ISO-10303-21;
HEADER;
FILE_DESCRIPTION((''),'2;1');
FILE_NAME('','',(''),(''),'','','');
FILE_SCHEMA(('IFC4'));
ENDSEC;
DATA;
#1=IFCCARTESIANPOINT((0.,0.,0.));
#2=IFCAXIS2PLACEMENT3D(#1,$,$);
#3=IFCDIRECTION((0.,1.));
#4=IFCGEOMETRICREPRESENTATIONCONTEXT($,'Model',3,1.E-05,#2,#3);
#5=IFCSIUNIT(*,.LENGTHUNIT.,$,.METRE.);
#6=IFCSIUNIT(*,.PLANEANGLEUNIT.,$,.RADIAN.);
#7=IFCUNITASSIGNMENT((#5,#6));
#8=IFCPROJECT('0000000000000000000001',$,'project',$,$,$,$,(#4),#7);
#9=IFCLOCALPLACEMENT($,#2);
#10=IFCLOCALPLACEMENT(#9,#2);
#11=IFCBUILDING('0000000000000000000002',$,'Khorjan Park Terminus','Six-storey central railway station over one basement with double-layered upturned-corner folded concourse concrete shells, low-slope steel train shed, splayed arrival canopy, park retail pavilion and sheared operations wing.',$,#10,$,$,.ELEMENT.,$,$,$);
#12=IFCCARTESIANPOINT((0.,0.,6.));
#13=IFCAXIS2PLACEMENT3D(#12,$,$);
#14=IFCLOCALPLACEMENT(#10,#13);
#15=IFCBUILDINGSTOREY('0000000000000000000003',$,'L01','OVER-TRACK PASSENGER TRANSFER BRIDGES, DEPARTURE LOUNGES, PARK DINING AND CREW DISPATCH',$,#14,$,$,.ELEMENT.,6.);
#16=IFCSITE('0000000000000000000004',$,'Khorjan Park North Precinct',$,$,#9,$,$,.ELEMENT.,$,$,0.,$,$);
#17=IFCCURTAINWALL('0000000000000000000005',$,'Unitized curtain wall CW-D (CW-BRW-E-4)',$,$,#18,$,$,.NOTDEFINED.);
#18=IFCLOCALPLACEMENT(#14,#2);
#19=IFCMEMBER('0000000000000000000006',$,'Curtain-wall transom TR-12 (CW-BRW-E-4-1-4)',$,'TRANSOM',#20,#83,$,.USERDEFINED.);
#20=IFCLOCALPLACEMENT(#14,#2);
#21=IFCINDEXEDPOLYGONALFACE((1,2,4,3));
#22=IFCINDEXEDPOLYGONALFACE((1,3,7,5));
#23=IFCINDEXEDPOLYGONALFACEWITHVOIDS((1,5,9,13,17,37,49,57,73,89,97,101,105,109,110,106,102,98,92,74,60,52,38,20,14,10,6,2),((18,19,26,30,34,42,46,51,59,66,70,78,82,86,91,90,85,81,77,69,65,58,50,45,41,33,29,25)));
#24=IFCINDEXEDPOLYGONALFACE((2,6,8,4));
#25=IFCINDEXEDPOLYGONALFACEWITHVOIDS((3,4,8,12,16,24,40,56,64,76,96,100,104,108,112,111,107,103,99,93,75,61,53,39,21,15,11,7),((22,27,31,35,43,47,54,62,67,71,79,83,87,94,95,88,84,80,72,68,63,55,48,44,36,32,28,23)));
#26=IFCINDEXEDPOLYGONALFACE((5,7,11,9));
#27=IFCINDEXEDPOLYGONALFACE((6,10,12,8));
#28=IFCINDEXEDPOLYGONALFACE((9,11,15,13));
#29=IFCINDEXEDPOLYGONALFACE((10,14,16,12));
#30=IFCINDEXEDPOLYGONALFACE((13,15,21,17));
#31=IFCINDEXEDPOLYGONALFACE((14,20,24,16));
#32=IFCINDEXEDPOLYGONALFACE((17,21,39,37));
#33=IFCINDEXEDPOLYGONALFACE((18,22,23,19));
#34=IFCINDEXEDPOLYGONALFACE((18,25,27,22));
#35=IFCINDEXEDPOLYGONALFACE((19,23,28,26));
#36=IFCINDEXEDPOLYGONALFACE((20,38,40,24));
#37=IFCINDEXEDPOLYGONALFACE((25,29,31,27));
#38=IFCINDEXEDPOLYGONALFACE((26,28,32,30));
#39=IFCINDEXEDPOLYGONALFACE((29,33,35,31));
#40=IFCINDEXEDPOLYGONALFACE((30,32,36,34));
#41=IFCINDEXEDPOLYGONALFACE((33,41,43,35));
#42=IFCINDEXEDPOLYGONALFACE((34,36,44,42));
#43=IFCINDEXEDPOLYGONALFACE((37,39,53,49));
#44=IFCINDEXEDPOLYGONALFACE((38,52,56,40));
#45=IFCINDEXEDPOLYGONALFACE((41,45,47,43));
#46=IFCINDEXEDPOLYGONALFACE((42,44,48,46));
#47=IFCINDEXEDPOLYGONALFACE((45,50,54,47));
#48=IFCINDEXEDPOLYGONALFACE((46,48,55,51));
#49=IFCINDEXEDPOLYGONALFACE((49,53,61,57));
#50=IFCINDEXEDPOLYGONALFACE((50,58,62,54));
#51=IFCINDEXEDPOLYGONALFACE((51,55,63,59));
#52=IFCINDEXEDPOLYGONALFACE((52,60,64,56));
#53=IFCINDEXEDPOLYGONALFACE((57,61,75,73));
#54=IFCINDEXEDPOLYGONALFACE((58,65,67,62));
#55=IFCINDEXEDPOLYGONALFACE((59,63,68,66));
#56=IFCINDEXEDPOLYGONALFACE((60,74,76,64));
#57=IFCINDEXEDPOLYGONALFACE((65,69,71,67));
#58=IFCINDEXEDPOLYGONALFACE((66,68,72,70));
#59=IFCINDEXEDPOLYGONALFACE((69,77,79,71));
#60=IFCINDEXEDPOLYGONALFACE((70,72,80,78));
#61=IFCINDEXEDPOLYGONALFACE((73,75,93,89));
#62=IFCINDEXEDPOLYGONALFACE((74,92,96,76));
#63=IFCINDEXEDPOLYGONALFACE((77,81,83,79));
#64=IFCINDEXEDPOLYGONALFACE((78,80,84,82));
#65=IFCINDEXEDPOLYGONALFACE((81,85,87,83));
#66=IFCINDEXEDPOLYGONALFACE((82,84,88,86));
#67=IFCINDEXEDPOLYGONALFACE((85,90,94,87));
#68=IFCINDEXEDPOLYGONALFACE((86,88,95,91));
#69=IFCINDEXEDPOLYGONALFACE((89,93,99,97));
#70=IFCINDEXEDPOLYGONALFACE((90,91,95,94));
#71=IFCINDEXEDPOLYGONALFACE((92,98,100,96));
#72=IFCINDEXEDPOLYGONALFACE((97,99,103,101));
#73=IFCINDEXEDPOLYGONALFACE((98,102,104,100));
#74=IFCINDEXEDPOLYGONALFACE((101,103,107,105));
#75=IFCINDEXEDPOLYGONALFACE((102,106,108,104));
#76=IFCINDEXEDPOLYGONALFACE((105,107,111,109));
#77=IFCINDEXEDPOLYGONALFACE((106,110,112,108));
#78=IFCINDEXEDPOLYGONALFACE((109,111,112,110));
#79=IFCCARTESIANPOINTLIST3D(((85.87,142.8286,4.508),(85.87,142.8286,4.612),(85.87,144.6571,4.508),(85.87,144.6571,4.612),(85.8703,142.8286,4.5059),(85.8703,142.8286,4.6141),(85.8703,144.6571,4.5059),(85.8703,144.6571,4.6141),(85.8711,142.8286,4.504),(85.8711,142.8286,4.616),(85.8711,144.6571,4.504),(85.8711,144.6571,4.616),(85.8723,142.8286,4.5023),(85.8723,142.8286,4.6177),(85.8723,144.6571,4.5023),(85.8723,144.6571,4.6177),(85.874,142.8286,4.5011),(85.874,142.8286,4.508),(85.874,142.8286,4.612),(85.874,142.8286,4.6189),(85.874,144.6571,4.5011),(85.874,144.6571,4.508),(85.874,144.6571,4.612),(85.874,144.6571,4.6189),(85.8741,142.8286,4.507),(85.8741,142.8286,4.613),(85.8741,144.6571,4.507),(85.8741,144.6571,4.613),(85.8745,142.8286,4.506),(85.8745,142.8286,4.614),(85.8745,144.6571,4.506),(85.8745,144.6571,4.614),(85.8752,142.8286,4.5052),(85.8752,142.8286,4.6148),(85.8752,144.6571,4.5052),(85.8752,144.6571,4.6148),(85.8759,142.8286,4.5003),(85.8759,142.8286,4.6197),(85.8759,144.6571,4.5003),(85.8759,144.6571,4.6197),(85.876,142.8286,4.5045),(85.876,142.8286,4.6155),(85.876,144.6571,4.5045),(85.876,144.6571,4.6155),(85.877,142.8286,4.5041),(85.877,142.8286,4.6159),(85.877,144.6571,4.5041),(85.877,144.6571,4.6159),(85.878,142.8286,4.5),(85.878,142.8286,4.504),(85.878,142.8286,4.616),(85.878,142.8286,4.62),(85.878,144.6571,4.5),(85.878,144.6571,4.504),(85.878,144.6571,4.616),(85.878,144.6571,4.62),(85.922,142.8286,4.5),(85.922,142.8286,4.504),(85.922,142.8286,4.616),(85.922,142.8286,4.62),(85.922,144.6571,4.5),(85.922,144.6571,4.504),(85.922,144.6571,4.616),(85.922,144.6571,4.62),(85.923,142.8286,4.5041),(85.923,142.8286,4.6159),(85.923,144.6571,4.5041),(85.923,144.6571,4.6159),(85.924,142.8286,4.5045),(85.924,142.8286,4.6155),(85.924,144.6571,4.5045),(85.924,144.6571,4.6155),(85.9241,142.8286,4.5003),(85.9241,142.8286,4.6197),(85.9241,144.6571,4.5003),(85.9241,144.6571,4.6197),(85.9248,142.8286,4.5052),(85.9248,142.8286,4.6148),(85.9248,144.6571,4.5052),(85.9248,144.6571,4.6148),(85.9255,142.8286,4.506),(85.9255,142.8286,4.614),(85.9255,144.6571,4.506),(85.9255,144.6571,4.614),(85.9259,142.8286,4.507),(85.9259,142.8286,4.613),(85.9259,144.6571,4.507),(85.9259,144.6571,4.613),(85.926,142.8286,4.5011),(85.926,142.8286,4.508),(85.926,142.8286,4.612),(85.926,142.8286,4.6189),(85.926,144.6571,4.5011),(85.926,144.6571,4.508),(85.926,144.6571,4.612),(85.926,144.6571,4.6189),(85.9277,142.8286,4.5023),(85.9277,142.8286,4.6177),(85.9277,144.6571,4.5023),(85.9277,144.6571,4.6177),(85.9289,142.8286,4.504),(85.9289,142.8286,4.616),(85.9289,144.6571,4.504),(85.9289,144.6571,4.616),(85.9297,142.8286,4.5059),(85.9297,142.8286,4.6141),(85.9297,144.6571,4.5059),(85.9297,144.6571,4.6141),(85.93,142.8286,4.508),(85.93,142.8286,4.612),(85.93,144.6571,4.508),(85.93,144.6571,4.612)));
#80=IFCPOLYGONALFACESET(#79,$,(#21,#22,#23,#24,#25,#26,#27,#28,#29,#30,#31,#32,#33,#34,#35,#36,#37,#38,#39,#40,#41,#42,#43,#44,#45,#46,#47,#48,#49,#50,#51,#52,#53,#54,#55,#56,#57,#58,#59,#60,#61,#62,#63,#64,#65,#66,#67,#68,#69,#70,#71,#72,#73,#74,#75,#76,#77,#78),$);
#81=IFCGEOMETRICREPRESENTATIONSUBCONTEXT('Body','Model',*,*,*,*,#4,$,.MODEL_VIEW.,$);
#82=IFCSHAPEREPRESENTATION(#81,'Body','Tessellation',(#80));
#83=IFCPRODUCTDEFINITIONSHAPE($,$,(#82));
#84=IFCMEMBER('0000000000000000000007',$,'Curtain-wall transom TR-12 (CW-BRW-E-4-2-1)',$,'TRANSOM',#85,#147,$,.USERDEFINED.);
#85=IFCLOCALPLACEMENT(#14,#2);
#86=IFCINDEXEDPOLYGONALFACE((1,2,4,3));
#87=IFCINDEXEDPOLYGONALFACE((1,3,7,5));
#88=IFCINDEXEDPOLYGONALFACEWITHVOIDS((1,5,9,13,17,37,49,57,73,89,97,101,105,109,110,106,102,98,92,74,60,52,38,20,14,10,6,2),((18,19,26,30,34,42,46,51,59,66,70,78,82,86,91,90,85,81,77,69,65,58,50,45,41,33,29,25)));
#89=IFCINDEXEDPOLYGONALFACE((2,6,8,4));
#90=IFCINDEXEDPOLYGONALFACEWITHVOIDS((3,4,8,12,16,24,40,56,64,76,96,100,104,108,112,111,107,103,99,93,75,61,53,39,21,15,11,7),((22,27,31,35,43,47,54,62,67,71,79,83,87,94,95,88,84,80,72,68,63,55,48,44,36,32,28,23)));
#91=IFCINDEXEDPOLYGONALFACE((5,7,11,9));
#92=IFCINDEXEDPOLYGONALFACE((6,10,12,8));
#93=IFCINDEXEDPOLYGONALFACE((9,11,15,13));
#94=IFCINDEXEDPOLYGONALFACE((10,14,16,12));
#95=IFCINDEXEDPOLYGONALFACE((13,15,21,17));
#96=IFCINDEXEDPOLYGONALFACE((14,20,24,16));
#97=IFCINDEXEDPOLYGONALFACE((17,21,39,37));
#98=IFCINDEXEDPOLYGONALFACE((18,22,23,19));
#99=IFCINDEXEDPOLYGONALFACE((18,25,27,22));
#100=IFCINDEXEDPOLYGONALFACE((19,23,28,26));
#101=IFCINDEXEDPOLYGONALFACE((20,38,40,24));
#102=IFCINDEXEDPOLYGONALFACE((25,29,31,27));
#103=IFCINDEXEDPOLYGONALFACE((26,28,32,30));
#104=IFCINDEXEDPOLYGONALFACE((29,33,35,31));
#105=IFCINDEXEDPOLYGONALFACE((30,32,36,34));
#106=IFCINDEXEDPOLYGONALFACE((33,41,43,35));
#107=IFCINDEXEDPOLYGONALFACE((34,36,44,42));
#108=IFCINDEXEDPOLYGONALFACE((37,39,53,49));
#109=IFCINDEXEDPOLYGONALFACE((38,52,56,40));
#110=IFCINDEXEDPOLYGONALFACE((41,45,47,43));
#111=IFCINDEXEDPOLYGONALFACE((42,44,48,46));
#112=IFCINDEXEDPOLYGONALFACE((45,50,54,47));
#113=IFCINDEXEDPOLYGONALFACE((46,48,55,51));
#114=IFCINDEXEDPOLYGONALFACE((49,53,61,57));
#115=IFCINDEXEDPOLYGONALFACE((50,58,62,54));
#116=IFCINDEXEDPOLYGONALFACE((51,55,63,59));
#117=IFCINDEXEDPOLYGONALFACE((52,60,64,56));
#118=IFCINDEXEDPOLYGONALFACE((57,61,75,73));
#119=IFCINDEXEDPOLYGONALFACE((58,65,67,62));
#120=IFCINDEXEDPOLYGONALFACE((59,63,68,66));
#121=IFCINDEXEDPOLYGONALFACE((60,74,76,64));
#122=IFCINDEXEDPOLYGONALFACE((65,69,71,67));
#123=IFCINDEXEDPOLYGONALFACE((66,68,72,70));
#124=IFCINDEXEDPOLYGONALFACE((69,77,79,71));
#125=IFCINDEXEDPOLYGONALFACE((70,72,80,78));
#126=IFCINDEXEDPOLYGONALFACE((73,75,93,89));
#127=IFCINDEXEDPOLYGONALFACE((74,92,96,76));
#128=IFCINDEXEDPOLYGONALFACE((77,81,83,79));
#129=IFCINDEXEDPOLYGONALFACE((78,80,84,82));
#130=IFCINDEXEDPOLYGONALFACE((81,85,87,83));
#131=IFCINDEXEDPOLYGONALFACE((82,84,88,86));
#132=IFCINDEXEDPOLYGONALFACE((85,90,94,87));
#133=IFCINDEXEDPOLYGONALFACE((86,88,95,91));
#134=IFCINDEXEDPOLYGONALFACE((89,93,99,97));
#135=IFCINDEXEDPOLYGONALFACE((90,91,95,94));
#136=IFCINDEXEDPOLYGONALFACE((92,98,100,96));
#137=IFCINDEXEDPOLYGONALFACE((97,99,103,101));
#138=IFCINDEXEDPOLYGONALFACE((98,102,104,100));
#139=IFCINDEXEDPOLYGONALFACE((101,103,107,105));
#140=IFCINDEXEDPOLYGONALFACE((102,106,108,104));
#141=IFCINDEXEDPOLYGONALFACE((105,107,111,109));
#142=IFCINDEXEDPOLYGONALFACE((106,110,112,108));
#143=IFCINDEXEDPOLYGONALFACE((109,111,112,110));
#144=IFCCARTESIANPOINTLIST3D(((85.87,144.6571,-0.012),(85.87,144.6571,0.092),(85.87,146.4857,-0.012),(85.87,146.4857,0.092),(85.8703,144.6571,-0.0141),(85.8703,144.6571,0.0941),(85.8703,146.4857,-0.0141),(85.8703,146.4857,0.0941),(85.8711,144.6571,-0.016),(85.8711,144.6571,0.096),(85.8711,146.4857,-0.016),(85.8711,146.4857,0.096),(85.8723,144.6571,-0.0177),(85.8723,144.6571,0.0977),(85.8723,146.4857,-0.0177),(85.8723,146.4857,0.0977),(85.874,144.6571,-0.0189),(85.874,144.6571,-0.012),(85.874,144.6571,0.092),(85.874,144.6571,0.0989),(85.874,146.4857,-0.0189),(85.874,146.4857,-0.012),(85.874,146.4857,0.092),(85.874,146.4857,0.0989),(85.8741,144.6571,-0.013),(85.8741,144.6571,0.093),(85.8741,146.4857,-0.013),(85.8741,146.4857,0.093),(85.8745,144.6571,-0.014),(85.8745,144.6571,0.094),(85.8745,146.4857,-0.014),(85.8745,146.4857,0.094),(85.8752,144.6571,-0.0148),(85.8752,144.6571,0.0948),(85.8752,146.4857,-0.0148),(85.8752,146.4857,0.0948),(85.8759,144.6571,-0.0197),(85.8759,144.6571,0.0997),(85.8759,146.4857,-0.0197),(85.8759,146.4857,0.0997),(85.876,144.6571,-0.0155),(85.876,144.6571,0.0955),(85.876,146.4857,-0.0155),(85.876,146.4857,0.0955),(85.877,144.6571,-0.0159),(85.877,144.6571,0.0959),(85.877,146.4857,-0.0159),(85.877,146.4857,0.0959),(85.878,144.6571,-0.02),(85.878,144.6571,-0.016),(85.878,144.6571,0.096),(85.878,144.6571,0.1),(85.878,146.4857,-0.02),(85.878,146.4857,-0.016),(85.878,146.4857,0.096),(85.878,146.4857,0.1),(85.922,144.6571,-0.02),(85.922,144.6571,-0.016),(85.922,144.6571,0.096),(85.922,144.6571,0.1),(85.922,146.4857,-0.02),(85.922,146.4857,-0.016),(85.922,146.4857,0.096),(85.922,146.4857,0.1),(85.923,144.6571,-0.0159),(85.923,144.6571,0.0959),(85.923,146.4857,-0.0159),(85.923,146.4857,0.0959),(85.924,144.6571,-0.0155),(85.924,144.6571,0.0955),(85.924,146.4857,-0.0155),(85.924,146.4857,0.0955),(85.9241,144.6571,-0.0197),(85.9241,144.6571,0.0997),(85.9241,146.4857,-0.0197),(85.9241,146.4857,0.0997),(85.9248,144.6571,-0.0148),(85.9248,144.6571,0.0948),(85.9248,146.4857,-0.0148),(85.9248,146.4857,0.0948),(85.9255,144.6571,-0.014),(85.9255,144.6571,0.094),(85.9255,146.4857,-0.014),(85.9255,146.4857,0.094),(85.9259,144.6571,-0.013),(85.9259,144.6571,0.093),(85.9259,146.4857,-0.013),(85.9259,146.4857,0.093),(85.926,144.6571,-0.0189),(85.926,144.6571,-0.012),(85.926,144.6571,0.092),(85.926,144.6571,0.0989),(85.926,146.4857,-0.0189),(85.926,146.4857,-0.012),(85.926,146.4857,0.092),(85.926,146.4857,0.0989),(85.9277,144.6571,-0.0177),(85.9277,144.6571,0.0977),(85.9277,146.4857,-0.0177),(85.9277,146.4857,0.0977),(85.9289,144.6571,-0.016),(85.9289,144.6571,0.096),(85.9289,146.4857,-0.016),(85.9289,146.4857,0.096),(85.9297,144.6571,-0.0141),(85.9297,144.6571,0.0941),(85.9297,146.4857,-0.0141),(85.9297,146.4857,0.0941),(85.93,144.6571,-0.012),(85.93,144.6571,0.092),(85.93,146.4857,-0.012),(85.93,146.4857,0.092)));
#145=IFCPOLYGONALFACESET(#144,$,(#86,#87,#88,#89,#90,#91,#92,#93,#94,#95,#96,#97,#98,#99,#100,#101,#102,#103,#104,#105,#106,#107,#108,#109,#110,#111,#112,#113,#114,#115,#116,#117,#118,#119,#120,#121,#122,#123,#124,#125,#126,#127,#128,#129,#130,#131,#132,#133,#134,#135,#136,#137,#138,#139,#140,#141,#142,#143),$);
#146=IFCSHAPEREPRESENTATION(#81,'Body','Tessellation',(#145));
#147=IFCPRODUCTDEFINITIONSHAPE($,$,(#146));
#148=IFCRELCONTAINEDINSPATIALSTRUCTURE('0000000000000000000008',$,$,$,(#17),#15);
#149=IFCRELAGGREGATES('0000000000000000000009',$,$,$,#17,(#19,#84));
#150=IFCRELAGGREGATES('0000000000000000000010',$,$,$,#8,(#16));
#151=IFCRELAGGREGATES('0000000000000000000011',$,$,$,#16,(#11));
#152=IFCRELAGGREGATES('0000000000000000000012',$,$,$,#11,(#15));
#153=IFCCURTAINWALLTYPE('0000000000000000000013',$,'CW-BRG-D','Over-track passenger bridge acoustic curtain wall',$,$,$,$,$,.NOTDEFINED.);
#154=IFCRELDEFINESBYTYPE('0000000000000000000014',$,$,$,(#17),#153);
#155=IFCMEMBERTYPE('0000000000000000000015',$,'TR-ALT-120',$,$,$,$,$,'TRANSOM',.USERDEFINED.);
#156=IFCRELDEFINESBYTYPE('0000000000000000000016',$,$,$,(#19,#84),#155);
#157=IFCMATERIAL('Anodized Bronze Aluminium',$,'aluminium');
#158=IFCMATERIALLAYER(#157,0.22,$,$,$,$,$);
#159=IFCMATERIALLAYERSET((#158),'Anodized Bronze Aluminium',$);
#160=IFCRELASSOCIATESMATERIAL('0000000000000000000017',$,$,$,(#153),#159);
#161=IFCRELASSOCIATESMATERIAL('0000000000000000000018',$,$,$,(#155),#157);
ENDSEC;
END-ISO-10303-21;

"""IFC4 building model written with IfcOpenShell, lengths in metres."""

from ifc_helpers import new_model, si_unit, direction, frame, origin, origin_2d, place, context, subcontext, project, spatial, hollow_rectangle, extrude, material, layer, layer_set, material_profile, profile_set, type_object, element, aggregate, save


model = new_model("IFC4")

# Units and contexts
model_context = context("Model", 3, precision=1e-05, world=origin(), true_north=direction((0.0, 1.0)))
body_context = subcontext(model_context, "Body", "Model", "MODEL_VIEW")
ifc_project = project(units=[si_unit("LENGTHUNIT", "METRE"), si_unit("PLANEANGLEUNIT", "RADIAN")], contexts=[model_context])

# Site, building, storey
site_placement = place(None, origin())
site = spatial("IfcSite", under=ifc_project, at=site_placement, Name="Khorjan Park North Precinct", CompositionType="ELEMENT", RefElevation=0.0)
building_placement = place(site_placement, origin())
building = spatial("IfcBuilding", under=site, at=building_placement, Name="Khorjan Park Terminus", Description="Six-storey central railway station over one basement with double-layered upturned-corner folded concourse concrete shells, low-slope steel train shed, splayed arrival canopy, park retail pavilion and sheared operations wing.", CompositionType="ELEMENT")
storey_placement = place(building_placement, frame((0.0, 0.0, 6.0)))
storey = spatial("IfcBuildingStorey", under=building, at=storey_placement, Name="L01", Description="OVER-TRACK PASSENGER TRANSFER BRIDGES, DEPARTURE LOUNGES, PARK DINING AND CREW DISPATCH", CompositionType="ELEMENT", Elevation=6.0)

# Curtain wall
ifc_material_1 = material(Name="Anodized Bronze Aluminium", Category="aluminium")
ifc_layer_1 = layer(ifc_material_1, 0.22)
ifc_layer_set_1 = layer_set([ifc_layer_1], Name="Anodized Bronze Aluminium")
curtain_wall_type = type_object("IfcCurtainWallType", Name="CW-BRG-D", Description="Over-track passenger bridge acoustic curtain wall", PredefinedType="NOTDEFINED", material=ifc_layer_set_1)
curtain_wall_1_placement = place(storey_placement, origin())
curtain_wall_1 = element("IfcCurtainWall", 1, at=curtain_wall_1_placement, inside=storey, type_object=curtain_wall_type, Name="Unitized curtain wall CW-D (CW-BRW-E-4)", PredefinedType="NOTDEFINED")

# Members
ifc_material_profile_1 = material_profile(ifc_material_1, hollow_rectangle(XDim=0.06, YDim=0.12, WallThickness=0.004, InnerFilletRadius=0.004, OuterFilletRadius=0.008, at=origin_2d()), Name="ALT 60x120x4")
ifc_profile_set_1 = profile_set([ifc_material_profile_1], Name="Anodized Bronze Aluminium")
member_type_1 = type_object("IfcMemberType", Name="TR-ALT-120", ElementType="TRANSOM", PredefinedType="USERDEFINED", material=ifc_profile_set_1)
member_1_placement = place(storey_placement, frame((85.9, 142.8286, 4.56), z_axis=(0.0, 1.0, 0.0), x_axis=(-1.0, 0.0, 0.0)))
member_1 = element("IfcMember", 2, at=member_1_placement, type_object=member_type_1, Name="Curtain-wall transom TR-12 (CW-BRW-E-4-1-4)", ObjectType="TRANSOM", PredefinedType="USERDEFINED", context=body_context, shape_type="SweptSolid", body=[
    extrude(hollow_rectangle(XDim=0.06, YDim=0.12, WallThickness=0.004, InnerFilletRadius=0.004, OuterFilletRadius=0.008, at=origin_2d()), origin(), (0.0, 0.0, 1.0), 1.8285),
])
member_2_placement = place(storey_placement, frame((85.9, 144.6571, 0.04), z_axis=(0.0, 1.0, 0.0), x_axis=(-1.0, 0.0, 0.0)))
member_2 = element("IfcMember", 3, at=member_2_placement, type_object=member_type_1, Name="Curtain-wall transom TR-12 (CW-BRW-E-4-2-1)", ObjectType="TRANSOM", PredefinedType="USERDEFINED", context=body_context, shape_type="SweptSolid", body=[
    extrude(hollow_rectangle(XDim=0.06, YDim=0.12, WallThickness=0.004, InnerFilletRadius=0.004, OuterFilletRadius=0.008, at=origin_2d()), origin(), (0.0, 0.0, 1.0), 1.8286),
])

aggregate(curtain_wall_1, [member_1, member_2])

save(model, "model.ifc")
